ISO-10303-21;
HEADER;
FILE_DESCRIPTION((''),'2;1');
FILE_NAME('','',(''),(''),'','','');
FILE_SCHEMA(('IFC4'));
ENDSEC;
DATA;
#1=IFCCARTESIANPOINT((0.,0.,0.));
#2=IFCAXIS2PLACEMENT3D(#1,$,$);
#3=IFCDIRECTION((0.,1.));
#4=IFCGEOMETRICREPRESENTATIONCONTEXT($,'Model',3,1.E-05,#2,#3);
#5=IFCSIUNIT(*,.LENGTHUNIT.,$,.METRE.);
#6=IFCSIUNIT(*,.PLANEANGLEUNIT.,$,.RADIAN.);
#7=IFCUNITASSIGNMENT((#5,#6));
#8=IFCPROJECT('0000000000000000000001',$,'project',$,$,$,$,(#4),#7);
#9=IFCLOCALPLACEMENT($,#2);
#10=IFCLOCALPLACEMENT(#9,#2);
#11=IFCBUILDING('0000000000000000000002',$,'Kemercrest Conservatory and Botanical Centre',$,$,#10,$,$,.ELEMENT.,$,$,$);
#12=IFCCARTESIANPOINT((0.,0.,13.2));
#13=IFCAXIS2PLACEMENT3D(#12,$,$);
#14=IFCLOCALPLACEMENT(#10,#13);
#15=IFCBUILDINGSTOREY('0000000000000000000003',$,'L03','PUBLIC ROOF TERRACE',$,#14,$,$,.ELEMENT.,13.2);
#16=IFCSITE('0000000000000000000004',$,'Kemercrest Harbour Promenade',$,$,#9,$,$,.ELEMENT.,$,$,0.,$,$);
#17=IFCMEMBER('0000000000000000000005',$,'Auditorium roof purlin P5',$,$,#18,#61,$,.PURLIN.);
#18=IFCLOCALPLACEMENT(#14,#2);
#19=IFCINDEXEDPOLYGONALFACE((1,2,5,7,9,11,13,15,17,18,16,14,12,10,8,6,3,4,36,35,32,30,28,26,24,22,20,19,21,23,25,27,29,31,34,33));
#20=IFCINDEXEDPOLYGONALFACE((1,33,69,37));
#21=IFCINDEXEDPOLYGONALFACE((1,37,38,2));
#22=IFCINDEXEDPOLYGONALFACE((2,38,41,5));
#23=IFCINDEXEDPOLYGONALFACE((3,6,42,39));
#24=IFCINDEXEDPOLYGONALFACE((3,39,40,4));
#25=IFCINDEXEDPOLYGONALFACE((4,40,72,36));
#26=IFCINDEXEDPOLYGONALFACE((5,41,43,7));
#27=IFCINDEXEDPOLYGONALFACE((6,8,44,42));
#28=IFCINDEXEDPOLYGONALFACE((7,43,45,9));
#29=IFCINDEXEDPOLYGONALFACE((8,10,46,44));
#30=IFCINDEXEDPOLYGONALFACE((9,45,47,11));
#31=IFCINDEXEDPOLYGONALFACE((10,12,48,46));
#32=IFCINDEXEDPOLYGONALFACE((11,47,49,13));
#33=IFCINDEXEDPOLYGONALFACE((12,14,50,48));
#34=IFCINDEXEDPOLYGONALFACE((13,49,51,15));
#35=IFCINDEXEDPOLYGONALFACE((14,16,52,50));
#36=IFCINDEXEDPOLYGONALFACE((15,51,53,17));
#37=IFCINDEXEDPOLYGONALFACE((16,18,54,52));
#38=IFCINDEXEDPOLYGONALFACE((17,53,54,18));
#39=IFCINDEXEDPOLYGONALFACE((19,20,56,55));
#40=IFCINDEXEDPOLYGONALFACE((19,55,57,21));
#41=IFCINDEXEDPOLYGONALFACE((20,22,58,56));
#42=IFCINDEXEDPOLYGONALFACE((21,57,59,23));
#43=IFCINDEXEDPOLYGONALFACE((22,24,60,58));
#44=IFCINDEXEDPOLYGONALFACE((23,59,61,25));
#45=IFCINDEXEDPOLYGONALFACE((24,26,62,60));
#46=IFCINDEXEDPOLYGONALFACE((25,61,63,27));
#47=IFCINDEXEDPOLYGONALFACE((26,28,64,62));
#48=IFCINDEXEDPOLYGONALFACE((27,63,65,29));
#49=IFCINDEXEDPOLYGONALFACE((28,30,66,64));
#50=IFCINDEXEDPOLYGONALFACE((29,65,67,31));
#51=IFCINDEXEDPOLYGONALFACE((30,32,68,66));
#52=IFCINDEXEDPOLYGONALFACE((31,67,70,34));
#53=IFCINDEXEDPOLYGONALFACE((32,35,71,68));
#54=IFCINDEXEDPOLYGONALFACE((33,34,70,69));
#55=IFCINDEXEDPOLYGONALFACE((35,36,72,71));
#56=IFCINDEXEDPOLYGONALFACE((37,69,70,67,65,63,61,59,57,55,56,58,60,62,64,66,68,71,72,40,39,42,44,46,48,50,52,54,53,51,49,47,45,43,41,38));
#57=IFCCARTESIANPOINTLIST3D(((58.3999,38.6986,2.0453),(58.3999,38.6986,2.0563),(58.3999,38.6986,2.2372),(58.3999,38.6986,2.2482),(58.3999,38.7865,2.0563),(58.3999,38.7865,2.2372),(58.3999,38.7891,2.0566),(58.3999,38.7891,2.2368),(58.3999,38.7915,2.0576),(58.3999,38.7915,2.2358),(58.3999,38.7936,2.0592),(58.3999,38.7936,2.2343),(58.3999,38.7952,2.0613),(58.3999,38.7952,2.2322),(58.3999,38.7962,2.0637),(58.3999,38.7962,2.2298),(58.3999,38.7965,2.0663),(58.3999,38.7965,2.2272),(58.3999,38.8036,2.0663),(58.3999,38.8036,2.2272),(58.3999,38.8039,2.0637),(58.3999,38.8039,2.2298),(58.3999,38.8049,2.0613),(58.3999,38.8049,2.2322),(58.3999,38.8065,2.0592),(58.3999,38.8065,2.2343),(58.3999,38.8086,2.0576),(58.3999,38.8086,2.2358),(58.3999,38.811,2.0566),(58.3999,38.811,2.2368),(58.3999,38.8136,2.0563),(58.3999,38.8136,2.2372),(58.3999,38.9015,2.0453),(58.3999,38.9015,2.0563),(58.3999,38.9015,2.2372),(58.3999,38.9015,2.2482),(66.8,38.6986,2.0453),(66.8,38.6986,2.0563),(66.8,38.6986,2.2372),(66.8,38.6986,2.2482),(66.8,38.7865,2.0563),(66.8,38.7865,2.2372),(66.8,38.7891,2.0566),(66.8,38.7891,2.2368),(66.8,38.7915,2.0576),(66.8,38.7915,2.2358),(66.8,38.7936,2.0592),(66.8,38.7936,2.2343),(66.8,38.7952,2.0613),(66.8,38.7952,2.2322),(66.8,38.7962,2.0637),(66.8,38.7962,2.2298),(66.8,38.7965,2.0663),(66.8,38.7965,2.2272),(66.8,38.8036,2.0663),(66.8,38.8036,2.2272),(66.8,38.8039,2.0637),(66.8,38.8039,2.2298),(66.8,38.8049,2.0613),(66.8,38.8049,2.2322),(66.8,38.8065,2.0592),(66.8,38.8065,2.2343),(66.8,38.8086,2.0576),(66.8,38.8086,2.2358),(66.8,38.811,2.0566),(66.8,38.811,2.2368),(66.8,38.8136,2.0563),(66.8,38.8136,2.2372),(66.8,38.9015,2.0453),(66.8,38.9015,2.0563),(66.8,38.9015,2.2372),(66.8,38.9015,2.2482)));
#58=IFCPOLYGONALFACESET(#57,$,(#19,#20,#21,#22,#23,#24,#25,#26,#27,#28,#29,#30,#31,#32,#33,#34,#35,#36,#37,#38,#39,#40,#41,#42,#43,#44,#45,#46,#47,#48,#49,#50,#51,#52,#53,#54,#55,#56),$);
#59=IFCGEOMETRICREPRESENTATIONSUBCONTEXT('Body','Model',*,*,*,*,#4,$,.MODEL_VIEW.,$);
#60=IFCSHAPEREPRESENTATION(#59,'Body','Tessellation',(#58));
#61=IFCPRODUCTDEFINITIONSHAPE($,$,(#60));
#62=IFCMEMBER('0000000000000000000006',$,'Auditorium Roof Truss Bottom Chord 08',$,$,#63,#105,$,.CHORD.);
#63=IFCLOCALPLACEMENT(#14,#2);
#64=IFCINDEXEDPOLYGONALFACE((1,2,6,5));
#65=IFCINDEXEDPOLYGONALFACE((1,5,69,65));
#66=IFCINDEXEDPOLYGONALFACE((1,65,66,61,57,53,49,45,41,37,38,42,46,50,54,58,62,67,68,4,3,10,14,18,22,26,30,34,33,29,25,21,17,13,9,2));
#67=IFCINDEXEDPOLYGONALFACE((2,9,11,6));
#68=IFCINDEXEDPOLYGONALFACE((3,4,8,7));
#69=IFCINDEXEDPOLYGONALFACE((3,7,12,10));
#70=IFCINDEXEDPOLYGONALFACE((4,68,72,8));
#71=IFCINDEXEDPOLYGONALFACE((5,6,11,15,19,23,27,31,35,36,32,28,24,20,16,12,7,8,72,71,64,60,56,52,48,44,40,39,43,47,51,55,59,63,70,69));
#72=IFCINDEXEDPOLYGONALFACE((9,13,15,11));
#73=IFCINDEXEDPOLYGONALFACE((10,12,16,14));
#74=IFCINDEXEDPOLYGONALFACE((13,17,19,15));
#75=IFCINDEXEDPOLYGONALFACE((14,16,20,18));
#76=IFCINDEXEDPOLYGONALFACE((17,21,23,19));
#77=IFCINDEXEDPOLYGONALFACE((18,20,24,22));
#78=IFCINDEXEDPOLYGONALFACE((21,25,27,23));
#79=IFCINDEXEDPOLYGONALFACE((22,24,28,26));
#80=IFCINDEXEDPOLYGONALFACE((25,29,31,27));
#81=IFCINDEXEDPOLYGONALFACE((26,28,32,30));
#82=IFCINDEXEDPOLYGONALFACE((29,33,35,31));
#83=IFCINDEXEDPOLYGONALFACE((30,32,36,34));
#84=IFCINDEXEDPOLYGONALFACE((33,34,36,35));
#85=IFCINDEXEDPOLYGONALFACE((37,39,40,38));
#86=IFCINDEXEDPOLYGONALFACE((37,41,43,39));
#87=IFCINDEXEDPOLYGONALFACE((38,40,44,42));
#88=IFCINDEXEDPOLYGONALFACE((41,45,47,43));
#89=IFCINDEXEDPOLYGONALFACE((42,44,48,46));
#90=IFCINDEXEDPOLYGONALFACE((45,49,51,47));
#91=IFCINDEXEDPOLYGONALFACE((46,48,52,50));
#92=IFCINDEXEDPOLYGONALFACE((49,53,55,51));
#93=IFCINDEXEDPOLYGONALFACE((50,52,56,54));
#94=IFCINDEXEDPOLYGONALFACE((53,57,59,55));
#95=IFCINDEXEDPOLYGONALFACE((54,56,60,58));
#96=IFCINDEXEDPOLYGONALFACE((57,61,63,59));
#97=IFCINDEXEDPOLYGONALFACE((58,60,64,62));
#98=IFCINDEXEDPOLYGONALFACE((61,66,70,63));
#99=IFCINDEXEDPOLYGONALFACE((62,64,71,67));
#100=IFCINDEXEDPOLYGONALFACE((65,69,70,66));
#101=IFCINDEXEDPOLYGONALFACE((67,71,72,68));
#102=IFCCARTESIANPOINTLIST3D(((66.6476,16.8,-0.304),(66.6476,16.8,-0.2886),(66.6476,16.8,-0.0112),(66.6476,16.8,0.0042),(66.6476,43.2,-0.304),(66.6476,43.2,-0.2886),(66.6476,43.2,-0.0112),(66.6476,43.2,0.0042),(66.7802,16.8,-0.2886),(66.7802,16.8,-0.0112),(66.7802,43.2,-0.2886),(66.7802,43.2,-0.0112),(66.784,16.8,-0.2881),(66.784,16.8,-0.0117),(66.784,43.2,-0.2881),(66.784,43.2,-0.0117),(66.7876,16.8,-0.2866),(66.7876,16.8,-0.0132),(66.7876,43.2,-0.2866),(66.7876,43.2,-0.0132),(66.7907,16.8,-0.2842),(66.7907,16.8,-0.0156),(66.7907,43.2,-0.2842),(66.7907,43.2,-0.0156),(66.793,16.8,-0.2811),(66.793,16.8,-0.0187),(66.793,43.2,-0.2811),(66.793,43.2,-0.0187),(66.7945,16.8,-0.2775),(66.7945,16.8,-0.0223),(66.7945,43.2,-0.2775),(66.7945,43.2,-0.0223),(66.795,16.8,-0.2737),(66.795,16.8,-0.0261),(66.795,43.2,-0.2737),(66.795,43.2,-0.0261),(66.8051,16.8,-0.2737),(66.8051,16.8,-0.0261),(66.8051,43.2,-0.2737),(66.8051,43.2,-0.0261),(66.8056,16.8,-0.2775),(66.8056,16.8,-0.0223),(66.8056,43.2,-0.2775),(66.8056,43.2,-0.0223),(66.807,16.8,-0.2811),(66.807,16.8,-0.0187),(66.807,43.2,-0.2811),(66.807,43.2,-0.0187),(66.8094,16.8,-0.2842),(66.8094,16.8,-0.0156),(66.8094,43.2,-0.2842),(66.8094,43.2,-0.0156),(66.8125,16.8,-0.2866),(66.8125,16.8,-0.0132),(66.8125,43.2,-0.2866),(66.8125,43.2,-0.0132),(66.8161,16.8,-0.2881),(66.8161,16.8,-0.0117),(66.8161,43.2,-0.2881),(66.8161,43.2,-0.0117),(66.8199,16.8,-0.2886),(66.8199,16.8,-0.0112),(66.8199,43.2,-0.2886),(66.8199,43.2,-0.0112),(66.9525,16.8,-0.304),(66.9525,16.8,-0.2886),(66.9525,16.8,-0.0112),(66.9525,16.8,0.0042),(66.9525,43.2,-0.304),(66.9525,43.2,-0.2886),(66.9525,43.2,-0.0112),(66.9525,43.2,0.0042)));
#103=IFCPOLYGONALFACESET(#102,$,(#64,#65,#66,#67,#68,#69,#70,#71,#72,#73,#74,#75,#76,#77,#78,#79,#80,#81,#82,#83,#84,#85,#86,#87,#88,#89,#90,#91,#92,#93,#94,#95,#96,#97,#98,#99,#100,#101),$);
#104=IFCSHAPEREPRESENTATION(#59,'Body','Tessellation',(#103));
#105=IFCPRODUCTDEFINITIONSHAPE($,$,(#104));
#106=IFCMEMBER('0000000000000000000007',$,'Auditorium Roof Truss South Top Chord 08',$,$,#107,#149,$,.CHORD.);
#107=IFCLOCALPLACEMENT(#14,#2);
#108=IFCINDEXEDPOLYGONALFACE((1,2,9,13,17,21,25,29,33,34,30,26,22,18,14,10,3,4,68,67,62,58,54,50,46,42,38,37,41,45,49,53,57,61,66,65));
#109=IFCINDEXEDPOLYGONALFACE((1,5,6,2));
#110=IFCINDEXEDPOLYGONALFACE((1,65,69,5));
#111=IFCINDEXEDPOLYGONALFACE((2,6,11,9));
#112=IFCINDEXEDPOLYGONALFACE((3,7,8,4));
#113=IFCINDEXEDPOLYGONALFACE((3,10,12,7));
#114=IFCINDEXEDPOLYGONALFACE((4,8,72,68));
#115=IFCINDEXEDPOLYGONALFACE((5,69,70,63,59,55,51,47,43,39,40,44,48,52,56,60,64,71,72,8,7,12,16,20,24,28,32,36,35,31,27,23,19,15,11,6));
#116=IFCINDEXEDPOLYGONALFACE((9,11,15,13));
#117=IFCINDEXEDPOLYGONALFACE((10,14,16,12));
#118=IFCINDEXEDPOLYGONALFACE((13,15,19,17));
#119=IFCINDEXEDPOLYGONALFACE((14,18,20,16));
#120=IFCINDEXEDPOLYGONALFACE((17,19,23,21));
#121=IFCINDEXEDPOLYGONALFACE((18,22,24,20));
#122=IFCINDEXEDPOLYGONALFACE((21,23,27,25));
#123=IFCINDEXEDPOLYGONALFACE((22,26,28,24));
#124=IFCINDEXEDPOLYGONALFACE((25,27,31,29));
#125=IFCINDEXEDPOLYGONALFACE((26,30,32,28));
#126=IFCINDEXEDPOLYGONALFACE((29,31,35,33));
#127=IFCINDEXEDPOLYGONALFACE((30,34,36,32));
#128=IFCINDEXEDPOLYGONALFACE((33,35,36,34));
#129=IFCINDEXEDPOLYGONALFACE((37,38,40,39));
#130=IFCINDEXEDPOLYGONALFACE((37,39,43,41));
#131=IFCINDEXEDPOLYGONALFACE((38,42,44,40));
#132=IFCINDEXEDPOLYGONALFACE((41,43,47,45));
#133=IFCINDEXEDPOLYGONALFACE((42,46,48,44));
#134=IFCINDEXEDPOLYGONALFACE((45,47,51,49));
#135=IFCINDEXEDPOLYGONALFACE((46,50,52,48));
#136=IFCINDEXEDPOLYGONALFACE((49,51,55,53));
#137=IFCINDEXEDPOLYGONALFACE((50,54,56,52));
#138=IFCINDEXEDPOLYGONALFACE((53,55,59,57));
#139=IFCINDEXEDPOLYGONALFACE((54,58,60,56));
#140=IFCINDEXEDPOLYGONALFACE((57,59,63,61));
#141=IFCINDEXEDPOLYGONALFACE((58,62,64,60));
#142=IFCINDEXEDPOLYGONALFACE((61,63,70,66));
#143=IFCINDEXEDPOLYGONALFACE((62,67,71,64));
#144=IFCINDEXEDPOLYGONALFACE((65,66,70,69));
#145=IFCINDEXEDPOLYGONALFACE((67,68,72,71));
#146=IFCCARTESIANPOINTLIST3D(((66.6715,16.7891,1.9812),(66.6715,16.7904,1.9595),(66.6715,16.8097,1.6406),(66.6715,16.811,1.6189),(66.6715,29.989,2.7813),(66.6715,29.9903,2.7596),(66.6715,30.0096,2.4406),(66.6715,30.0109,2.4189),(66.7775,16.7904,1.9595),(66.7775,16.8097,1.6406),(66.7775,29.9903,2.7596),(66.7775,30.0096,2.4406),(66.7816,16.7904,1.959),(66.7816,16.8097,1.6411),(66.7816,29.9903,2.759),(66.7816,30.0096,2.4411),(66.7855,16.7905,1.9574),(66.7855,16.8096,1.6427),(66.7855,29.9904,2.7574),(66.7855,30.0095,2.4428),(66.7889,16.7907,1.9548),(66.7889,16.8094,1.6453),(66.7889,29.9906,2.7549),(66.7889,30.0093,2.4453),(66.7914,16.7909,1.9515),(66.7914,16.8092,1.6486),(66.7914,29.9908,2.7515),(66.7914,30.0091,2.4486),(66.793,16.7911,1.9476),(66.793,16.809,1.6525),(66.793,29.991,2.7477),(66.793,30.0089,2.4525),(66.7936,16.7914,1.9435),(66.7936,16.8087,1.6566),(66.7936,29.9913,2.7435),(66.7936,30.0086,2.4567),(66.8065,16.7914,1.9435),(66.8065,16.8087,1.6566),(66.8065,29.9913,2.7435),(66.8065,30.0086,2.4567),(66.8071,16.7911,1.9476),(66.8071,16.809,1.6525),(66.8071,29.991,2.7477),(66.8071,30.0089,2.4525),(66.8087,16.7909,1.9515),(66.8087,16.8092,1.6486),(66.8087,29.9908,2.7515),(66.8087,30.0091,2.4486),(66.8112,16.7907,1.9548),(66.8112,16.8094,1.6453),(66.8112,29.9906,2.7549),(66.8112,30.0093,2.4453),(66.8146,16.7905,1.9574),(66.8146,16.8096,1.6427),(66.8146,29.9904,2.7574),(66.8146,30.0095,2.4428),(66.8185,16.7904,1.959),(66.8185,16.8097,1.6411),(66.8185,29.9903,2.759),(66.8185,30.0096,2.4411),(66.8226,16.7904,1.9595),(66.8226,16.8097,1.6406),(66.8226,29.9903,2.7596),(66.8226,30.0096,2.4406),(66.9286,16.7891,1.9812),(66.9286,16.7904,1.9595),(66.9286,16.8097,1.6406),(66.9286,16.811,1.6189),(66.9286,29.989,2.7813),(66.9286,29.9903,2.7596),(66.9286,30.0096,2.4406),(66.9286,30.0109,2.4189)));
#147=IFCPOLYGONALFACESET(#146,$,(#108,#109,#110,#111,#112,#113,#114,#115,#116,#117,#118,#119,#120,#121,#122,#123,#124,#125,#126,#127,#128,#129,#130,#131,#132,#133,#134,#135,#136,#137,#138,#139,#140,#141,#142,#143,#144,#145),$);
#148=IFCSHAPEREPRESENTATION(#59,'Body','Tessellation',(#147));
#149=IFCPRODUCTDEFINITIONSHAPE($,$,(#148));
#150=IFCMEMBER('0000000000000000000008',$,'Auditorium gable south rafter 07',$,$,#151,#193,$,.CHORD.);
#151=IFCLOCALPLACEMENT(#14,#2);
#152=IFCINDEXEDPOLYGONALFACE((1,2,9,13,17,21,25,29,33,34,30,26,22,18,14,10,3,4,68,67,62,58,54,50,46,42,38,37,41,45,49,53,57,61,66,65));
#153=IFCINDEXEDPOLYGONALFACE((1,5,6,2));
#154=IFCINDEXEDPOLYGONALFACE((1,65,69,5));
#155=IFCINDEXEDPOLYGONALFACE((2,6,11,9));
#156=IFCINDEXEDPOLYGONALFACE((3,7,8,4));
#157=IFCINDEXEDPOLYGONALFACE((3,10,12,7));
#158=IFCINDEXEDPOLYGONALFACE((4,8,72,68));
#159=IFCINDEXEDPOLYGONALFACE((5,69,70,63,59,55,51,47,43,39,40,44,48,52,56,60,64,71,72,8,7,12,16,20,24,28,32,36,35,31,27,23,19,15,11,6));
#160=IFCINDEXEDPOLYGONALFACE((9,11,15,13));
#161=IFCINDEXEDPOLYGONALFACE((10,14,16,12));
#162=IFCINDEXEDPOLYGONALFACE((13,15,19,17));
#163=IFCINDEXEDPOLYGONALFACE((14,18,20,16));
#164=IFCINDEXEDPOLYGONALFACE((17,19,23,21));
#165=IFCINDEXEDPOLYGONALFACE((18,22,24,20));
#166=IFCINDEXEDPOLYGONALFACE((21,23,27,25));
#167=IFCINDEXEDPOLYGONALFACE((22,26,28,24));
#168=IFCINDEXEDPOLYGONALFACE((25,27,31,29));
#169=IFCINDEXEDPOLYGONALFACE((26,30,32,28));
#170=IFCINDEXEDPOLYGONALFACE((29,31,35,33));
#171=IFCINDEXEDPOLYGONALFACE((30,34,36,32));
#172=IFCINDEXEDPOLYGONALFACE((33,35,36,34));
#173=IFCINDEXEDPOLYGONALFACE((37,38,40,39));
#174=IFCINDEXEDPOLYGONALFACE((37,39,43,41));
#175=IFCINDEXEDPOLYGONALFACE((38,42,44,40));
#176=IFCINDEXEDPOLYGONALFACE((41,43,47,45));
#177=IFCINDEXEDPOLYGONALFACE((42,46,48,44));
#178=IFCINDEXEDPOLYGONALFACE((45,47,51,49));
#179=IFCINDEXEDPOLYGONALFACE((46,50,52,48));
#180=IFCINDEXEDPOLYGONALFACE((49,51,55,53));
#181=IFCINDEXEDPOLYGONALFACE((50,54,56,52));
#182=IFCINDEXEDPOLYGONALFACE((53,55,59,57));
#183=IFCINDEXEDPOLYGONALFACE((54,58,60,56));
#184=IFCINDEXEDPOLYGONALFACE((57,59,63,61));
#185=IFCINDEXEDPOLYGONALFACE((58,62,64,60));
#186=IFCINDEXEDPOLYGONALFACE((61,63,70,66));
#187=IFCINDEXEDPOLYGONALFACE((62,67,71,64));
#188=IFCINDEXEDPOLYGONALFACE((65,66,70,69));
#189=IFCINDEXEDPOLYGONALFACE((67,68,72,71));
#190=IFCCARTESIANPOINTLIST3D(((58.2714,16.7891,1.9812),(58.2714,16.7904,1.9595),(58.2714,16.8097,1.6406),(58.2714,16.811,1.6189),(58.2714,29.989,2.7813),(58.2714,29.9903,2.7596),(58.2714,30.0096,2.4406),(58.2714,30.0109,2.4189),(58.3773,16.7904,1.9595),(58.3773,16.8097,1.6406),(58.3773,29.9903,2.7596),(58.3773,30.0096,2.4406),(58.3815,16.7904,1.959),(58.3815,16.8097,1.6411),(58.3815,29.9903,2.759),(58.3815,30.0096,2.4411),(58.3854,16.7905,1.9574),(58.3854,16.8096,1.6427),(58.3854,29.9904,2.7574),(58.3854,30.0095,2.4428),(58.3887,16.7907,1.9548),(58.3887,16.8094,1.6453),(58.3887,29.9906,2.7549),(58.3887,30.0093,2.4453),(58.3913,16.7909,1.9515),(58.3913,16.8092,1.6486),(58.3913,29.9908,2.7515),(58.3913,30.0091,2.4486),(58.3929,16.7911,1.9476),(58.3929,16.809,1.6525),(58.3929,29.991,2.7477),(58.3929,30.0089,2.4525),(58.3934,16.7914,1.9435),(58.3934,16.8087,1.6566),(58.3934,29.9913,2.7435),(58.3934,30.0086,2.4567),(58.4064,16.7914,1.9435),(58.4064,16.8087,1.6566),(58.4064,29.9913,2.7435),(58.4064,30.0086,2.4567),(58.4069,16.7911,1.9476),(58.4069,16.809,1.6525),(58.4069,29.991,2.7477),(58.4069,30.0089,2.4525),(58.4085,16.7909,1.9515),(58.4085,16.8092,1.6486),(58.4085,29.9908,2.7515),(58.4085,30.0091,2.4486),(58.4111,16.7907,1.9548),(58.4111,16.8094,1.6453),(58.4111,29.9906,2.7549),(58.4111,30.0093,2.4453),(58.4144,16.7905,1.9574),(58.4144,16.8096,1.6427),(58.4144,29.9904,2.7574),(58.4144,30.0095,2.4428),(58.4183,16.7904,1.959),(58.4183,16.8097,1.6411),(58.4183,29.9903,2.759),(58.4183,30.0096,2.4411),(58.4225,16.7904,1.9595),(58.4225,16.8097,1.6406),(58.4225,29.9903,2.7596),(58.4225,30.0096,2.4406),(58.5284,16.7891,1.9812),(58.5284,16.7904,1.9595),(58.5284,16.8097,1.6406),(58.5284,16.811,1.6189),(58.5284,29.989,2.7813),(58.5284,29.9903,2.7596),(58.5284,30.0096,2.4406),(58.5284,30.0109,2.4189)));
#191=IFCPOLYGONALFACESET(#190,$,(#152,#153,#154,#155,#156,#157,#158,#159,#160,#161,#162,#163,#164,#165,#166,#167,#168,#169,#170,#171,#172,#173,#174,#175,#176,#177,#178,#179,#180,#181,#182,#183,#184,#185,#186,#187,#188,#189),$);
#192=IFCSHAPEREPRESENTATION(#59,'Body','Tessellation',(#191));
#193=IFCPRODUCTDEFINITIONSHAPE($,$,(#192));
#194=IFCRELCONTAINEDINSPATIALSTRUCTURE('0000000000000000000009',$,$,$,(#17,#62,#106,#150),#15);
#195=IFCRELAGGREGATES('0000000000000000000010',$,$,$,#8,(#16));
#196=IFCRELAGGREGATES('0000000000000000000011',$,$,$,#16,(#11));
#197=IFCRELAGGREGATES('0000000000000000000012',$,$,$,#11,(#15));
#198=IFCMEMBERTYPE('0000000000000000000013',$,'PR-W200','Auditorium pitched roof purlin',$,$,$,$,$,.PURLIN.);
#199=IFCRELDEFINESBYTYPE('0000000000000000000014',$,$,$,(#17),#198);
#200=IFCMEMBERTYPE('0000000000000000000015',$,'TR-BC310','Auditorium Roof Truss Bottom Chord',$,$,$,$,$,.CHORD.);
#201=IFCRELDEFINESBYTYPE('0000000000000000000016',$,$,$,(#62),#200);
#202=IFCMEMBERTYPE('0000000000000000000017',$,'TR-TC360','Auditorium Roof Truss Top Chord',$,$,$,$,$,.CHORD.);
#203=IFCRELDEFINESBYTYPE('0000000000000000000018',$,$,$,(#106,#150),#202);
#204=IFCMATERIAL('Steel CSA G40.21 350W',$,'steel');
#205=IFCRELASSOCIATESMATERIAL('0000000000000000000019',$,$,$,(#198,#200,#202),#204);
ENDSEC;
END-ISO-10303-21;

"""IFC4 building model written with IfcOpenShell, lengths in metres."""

from ifc_helpers import new_model, si_unit, direction, frame, origin, origin_2d, place, context, subcontext, project, spatial, i_section, extrude, material, material_profile, profile_set, type_object, element, save


model = new_model("IFC4")

# Units and contexts
model_context = context("Model", 3, precision=1e-05, world=origin(), true_north=direction((0.0, 1.0)))
body_context = subcontext(model_context, "Body", "Model", "MODEL_VIEW")
ifc_project = project(units=[si_unit("LENGTHUNIT", "METRE"), si_unit("PLANEANGLEUNIT", "RADIAN")], contexts=[model_context])

# Site, building, storey
site_placement = place(None, origin())
site = spatial("IfcSite", under=ifc_project, at=site_placement, Name="Kemercrest Harbour Promenade", CompositionType="ELEMENT", RefElevation=0.0)
building_placement = place(site_placement, origin())
building = spatial("IfcBuilding", under=site, at=building_placement, Name="Kemercrest Conservatory and Botanical Centre", CompositionType="ELEMENT")
storey_placement = place(building_placement, frame((0.0, 0.0, 13.2)))
storey = spatial("IfcBuildingStorey", under=building, at=storey_placement, Name="L03", Description="PUBLIC ROOF TERRACE", CompositionType="ELEMENT", Elevation=13.2)

# Shared definitions
ifc_material_1 = material(Name="Steel CSA G40.21 350W", Category="steel")

# Members
ifc_material_profile_1 = material_profile(ifc_material_1, i_section(OverallWidth=0.2029, OverallDepth=0.2029, WebThickness=0.0071, FlangeThickness=0.011, FilletRadius=0.01, at=origin_2d()), Name="W200X46")
ifc_profile_set_1 = profile_set([ifc_material_profile_1], Name="Steel CSA G40.21 350W")
member_type_1 = type_object("IfcMemberType", Name="PR-W200", Description="Auditorium pitched roof purlin", PredefinedType="PURLIN", material=ifc_profile_set_1)
for number, where, z_axis, x_axis, name in (
    (1, (58.3999, 38.8, 2.1467), (1.0, 0.0, 0.0), (0.0, 1.0, 0.0), "Auditorium roof purlin P5"),
):
    element("IfcMember", number, at=place(storey_placement, frame(where, z_axis=z_axis, x_axis=x_axis)), inside=storey, type_object=member_type_1, Name=name, PredefinedType="PURLIN", context=body_context, shape_type="SweptSolid", body=[
        extrude(i_section(OverallWidth=0.2029, OverallDepth=0.2029, WebThickness=0.0071, FlangeThickness=0.011, FilletRadius=0.01, at=origin_2d()), origin(), (0.0, 0.0, 1.0), 8.4001),
    ])
ifc_material_profile_2 = material_profile(ifc_material_1, i_section(OverallWidth=0.3049, OverallDepth=0.3081, WebThickness=0.01, FlangeThickness=0.0154, FilletRadius=0.0149, at=origin_2d()), Name="W310X97")
ifc_profile_set_2 = profile_set([ifc_material_profile_2], Name="Steel CSA G40.21 350W")
member_type_2 = type_object("IfcMemberType", Name="TR-BC310", Description="Auditorium Roof Truss Bottom Chord", PredefinedType="CHORD", material=ifc_profile_set_2)
member_1_placement = place(storey_placement, frame((66.8, 16.8, -0.1499), z_axis=(0.0, 1.0, 0.0), x_axis=(-1.0, 0.0, 0.0)))
element("IfcMember", 2, at=member_1_placement, inside=storey, type_object=member_type_2, Name="Auditorium Roof Truss Bottom Chord 08", PredefinedType="CHORD", context=body_context, shape_type="SweptSolid", body=[
    extrude(i_section(OverallWidth=0.3049, OverallDepth=0.3081, WebThickness=0.01, FlangeThickness=0.0154, FilletRadius=0.0149, at=origin_2d()), origin(), (0.0, 0.0, 1.0), 26.3999),
])
ifc_material_profile_3 = material_profile(ifc_material_1, i_section(OverallWidth=0.2571, OverallDepth=0.363, WebThickness=0.0129, FlangeThickness=0.0217, FilletRadius=0.0161, at=origin_2d()), Name="W360X122")
ifc_profile_set_3 = profile_set([ifc_material_profile_3], Name="Steel CSA G40.21 350W")
member_type_3 = type_object("IfcMemberType", Name="TR-TC360", Description="Auditorium Roof Truss Top Chord", PredefinedType="CHORD", material=ifc_profile_set_3)
for number, where, z_axis, x_axis, name in (
    (3, (66.8, 16.8, 1.8), (0.0, 0.998168, 0.060499), (-1.0, 0.0, 0.0), "Auditorium Roof Truss South Top Chord 08"),
    (4, (58.3999, 16.8, 1.8), (0.0, 0.998168, 0.060499), (-1.0, 0.0, 0.0), "Auditorium gable south rafter 07"),
):
    element("IfcMember", number, at=place(storey_placement, frame(where, z_axis=z_axis, x_axis=x_axis)), inside=storey, type_object=member_type_3, Name=name, PredefinedType="CHORD", context=body_context, shape_type="SweptSolid", body=[
        extrude(i_section(OverallWidth=0.2571, OverallDepth=0.363, WebThickness=0.0129, FlangeThickness=0.0217, FilletRadius=0.0161, at=origin_2d()), origin(), (0.0, 0.0, 1.0), 13.2241),
    ])

save(model, "model.ifc")
